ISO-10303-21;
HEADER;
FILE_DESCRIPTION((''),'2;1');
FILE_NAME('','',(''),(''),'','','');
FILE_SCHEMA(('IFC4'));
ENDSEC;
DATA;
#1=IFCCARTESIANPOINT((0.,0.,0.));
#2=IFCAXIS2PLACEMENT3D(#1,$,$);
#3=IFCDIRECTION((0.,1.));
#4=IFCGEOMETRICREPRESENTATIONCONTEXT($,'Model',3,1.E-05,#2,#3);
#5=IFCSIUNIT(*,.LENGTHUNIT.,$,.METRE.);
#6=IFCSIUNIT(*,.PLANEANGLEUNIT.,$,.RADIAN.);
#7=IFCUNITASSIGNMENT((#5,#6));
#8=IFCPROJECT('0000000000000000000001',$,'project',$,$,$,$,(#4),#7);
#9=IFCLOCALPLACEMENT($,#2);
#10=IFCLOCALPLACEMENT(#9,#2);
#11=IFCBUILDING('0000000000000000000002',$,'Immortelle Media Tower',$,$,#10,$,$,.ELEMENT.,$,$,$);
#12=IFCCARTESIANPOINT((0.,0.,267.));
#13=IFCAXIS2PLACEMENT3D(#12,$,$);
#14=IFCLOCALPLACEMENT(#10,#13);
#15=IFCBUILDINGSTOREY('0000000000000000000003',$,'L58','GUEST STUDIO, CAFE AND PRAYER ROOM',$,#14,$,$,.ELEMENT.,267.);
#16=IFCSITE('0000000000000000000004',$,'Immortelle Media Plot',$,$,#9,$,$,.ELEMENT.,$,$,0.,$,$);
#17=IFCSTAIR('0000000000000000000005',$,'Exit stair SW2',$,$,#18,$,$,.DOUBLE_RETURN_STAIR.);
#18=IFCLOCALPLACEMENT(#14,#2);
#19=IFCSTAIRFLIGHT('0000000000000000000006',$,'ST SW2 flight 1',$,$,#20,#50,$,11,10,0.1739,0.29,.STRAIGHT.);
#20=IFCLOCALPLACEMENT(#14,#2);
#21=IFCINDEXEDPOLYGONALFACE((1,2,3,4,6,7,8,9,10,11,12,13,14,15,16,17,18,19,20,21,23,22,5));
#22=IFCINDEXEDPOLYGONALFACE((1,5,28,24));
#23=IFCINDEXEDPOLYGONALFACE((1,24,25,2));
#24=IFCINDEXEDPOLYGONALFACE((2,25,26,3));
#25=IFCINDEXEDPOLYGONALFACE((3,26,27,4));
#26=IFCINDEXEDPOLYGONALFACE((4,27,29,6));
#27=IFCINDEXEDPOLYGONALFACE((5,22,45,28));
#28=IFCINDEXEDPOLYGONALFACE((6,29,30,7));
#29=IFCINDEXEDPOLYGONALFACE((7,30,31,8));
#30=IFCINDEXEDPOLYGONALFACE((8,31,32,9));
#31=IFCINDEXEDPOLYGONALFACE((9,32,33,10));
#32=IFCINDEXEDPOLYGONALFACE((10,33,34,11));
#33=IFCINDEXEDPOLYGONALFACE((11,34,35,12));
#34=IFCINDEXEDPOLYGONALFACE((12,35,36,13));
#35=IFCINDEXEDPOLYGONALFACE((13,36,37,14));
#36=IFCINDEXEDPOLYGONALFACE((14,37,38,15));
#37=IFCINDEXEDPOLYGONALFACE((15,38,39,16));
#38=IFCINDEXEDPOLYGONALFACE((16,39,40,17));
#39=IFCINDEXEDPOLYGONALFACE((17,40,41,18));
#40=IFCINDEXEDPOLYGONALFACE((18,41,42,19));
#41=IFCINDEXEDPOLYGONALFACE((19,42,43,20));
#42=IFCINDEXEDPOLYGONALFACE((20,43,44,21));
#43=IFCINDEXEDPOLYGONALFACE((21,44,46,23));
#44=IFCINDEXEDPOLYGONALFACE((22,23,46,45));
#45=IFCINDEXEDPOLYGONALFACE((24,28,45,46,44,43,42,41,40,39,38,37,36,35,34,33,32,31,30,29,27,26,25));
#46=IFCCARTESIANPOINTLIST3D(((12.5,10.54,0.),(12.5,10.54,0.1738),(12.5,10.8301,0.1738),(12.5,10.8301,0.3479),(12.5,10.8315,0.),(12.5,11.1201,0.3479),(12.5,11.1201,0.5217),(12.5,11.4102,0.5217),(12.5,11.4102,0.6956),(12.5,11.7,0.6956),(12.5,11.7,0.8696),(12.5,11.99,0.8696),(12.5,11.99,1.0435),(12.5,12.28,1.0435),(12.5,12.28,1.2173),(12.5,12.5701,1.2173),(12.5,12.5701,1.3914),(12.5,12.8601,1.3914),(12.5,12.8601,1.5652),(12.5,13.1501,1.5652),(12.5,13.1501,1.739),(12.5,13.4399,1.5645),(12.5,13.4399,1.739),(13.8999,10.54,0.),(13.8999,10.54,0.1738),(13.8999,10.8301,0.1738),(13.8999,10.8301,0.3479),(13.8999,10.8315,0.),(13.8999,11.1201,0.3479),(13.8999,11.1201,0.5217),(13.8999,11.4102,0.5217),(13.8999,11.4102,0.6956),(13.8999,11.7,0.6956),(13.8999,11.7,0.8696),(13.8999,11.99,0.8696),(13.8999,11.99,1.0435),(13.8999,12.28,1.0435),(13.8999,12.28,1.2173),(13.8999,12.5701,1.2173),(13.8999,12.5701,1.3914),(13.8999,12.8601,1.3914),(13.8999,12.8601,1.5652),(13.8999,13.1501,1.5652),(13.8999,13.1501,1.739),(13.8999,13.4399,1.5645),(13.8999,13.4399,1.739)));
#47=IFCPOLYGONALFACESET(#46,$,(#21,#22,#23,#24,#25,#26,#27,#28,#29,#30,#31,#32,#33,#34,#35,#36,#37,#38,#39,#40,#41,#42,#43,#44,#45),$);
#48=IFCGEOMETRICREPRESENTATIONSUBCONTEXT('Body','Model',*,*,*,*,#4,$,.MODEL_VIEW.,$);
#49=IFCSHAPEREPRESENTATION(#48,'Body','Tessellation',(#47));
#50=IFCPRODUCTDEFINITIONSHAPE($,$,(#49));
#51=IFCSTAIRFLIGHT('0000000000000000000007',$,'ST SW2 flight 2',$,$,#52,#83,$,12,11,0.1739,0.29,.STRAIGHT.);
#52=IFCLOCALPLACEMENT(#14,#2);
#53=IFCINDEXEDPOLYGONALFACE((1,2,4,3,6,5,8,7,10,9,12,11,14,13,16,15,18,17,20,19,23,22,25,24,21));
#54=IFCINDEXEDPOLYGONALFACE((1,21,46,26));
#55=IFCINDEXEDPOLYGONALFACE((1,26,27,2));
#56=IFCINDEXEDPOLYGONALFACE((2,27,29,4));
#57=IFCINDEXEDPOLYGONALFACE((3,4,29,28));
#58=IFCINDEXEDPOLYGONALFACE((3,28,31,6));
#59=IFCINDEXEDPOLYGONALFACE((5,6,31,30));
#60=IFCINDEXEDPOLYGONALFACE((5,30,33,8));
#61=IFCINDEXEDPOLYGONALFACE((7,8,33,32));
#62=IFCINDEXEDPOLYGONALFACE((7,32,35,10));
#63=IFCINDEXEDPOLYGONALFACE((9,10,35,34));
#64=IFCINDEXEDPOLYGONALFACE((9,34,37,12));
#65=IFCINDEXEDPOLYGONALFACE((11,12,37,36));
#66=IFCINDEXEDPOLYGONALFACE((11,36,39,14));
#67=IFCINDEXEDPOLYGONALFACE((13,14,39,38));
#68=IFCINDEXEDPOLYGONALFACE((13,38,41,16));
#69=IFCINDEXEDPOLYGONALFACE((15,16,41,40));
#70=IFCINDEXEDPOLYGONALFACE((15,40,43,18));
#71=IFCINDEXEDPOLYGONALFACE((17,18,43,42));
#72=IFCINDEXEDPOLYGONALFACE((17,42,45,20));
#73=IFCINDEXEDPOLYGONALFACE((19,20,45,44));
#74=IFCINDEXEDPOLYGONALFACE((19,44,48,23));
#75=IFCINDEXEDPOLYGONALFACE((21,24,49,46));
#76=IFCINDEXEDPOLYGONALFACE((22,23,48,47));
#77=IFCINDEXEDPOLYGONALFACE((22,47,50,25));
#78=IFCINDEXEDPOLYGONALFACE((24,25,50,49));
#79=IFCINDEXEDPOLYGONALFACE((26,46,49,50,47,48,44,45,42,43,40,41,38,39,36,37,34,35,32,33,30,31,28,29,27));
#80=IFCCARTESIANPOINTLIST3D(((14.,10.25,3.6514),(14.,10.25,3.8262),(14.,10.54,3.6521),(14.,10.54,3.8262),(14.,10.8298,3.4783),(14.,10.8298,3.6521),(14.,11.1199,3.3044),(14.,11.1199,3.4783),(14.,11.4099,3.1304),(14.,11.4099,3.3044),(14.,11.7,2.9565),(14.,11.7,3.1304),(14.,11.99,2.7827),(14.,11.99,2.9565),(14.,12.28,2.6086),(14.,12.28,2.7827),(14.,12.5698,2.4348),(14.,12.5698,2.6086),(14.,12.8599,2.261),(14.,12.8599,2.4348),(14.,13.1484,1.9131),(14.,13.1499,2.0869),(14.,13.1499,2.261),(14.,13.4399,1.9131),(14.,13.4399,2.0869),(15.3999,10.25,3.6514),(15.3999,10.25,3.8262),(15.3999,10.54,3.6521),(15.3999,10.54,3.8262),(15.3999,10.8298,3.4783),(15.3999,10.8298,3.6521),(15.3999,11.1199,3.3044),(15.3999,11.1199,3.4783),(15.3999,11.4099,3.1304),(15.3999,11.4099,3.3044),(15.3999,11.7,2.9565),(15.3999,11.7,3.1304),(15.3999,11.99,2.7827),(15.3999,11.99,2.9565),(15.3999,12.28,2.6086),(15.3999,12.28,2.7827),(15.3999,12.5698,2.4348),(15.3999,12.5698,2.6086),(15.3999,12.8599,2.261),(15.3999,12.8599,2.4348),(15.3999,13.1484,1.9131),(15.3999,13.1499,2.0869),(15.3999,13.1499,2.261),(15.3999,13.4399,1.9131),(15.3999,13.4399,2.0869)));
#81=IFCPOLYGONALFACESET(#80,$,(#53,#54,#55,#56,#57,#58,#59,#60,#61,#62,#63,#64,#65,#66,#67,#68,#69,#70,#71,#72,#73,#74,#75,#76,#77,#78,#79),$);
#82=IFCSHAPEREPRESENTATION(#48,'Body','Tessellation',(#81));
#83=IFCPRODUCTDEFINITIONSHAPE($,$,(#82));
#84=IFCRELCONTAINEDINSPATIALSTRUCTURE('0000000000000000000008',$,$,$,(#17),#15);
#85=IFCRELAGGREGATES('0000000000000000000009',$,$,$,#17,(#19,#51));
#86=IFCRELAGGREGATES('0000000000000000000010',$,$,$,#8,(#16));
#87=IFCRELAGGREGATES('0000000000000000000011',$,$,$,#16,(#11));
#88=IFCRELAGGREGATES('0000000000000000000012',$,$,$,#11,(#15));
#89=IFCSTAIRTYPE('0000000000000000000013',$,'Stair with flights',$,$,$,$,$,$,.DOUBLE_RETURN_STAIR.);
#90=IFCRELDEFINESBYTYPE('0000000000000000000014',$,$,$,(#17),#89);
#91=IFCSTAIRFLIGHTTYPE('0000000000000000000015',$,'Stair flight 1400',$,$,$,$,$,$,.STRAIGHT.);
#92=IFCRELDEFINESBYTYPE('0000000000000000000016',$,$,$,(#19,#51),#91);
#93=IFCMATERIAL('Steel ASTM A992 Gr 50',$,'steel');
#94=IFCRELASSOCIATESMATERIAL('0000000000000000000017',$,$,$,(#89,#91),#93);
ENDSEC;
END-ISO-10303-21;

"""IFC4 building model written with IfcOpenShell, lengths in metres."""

from ifc_helpers import new_model, si_unit, direction, frame, origin, place, context, subcontext, project, spatial, polyline, outline, extrude, material, type_object, element, aggregate, save


model = new_model("IFC4")

# Units and contexts
model_context = context("Model", 3, precision=1e-05, world=origin(), true_north=direction((0.0, 1.0)))
body_context = subcontext(model_context, "Body", "Model", "MODEL_VIEW")
ifc_project = project(units=[si_unit("LENGTHUNIT", "METRE"), si_unit("PLANEANGLEUNIT", "RADIAN")], contexts=[model_context])

# Site, building, storey
site_placement = place(None, origin())
site = spatial("IfcSite", under=ifc_project, at=site_placement, Name="Immortelle Media Plot", CompositionType="ELEMENT", RefElevation=0.0)
building_placement = place(site_placement, origin())
building = spatial("IfcBuilding", under=site, at=building_placement, Name="Immortelle Media Tower", CompositionType="ELEMENT")
storey_placement = place(building_placement, frame((0.0, 0.0, 267.0)))
storey = spatial("IfcBuildingStorey", under=building, at=storey_placement, Name="L58", Description="GUEST STUDIO, CAFE AND PRAYER ROOM", CompositionType="ELEMENT", Elevation=267.0)

# Shared definitions
ifc_material_1 = material(Name="Steel ASTM A992 Gr 50", Category="steel")

# Stair, stair flights
stair_type = type_object("IfcStairType", Name="Stair with flights", PredefinedType="DOUBLE_RETURN_STAIR", material=ifc_material_1)
stair_flight_type = type_object("IfcStairFlightType", Name="Stair flight 1400", PredefinedType="STRAIGHT", material=ifc_material_1)
stair_1_placement = place(storey_placement, origin())
stair_1 = element("IfcStair", 1, at=stair_1_placement, inside=storey, type_object=stair_type, Name="Exit stair SW2", PredefinedType="DOUBLE_RETURN_STAIR")
stair_flight_1_placement = place(storey_placement, frame((13.2, 10.54, 0.0), z_axis=(0.0, 0.0, 1.0), x_axis=(0.0, 1.0, 0.0)))
stair_flight_1 = element("IfcStairFlight", 2, at=stair_flight_1_placement, type_object=stair_flight_type, Name="ST SW2 flight 1", NumberOfRisers=11, NumberOfTreads=10, PredefinedType="STRAIGHT", RiserHeight=0.1739, TreadLength=0.29, context=body_context, shape_type="SweptSolid", body=[
    extrude(outline(polyline([(0.0, 0.0), (0.0, 0.1738), (0.29, 0.1738), (0.29, 0.3479), (0.5801, 0.3479), (0.5801, 0.5217), (0.8701, 0.5217), (0.8701, 0.6956), (1.1599, 0.6956), (1.1599, 0.8696), (1.45, 0.8696), (1.45, 1.0435), (1.74, 1.0435), (1.74, 1.2173), (2.03, 1.2173), (2.03, 1.3914), (2.3201, 1.3914), (2.3201, 1.5652), (2.6101, 1.5652), (2.6101, 1.739), (2.8999, 1.739), (2.8999, 1.9131), (2.8999, 1.5645), (0.2915, 0.0), (0.0, 0.0)])), frame((0.0, 0.7, 0.0), z_axis=(0.0, -1.0, 0.0), x_axis=(1.0, 0.0, 0.0)), (0.0, 0.0, 1.0), 1.3999),
])
stair_flight_2_placement = place(storey_placement, frame((14.7, 13.4399, 1.9131), z_axis=(0.0, 0.0, 1.0), x_axis=(0.0, -1.0, 0.0)))
stair_flight_2 = element("IfcStairFlight", 3, at=stair_flight_2_placement, type_object=stair_flight_type, Name="ST SW2 flight 2", NumberOfRisers=12, NumberOfTreads=11, PredefinedType="STRAIGHT", RiserHeight=0.1739, TreadLength=0.29, context=body_context, shape_type="SweptSolid", body=[
    extrude(outline(polyline([(0.0, 0.0), (0.0, 0.1738), (0.29, 0.1738), (0.29, 0.3479), (0.5801, 0.3479), (0.5801, 0.5217), (0.8701, 0.5217), (0.8701, 0.6956), (1.1599, 0.6956), (1.1599, 0.8696), (1.45, 0.8696), (1.45, 1.0435), (1.74, 1.0435), (1.74, 1.2173), (2.03, 1.2173), (2.03, 1.3914), (2.3201, 1.3914), (2.3201, 1.5652), (2.6101, 1.5652), (2.6101, 1.739), (2.8999, 1.739), (2.8999, 1.9131), (3.1899, 1.9131), (3.1899, 2.0869), (3.1899, 1.7383), (0.2915, 0.0), (0.0, 0.0)])), frame((0.0, 0.7, 0.0), z_axis=(0.0, -1.0, 0.0), x_axis=(1.0, 0.0, 0.0)), (0.0, 0.0, 1.0), 1.3999),
])
aggregate(stair_1, [stair_flight_1, stair_flight_2])

save(model, "model.ifc")
